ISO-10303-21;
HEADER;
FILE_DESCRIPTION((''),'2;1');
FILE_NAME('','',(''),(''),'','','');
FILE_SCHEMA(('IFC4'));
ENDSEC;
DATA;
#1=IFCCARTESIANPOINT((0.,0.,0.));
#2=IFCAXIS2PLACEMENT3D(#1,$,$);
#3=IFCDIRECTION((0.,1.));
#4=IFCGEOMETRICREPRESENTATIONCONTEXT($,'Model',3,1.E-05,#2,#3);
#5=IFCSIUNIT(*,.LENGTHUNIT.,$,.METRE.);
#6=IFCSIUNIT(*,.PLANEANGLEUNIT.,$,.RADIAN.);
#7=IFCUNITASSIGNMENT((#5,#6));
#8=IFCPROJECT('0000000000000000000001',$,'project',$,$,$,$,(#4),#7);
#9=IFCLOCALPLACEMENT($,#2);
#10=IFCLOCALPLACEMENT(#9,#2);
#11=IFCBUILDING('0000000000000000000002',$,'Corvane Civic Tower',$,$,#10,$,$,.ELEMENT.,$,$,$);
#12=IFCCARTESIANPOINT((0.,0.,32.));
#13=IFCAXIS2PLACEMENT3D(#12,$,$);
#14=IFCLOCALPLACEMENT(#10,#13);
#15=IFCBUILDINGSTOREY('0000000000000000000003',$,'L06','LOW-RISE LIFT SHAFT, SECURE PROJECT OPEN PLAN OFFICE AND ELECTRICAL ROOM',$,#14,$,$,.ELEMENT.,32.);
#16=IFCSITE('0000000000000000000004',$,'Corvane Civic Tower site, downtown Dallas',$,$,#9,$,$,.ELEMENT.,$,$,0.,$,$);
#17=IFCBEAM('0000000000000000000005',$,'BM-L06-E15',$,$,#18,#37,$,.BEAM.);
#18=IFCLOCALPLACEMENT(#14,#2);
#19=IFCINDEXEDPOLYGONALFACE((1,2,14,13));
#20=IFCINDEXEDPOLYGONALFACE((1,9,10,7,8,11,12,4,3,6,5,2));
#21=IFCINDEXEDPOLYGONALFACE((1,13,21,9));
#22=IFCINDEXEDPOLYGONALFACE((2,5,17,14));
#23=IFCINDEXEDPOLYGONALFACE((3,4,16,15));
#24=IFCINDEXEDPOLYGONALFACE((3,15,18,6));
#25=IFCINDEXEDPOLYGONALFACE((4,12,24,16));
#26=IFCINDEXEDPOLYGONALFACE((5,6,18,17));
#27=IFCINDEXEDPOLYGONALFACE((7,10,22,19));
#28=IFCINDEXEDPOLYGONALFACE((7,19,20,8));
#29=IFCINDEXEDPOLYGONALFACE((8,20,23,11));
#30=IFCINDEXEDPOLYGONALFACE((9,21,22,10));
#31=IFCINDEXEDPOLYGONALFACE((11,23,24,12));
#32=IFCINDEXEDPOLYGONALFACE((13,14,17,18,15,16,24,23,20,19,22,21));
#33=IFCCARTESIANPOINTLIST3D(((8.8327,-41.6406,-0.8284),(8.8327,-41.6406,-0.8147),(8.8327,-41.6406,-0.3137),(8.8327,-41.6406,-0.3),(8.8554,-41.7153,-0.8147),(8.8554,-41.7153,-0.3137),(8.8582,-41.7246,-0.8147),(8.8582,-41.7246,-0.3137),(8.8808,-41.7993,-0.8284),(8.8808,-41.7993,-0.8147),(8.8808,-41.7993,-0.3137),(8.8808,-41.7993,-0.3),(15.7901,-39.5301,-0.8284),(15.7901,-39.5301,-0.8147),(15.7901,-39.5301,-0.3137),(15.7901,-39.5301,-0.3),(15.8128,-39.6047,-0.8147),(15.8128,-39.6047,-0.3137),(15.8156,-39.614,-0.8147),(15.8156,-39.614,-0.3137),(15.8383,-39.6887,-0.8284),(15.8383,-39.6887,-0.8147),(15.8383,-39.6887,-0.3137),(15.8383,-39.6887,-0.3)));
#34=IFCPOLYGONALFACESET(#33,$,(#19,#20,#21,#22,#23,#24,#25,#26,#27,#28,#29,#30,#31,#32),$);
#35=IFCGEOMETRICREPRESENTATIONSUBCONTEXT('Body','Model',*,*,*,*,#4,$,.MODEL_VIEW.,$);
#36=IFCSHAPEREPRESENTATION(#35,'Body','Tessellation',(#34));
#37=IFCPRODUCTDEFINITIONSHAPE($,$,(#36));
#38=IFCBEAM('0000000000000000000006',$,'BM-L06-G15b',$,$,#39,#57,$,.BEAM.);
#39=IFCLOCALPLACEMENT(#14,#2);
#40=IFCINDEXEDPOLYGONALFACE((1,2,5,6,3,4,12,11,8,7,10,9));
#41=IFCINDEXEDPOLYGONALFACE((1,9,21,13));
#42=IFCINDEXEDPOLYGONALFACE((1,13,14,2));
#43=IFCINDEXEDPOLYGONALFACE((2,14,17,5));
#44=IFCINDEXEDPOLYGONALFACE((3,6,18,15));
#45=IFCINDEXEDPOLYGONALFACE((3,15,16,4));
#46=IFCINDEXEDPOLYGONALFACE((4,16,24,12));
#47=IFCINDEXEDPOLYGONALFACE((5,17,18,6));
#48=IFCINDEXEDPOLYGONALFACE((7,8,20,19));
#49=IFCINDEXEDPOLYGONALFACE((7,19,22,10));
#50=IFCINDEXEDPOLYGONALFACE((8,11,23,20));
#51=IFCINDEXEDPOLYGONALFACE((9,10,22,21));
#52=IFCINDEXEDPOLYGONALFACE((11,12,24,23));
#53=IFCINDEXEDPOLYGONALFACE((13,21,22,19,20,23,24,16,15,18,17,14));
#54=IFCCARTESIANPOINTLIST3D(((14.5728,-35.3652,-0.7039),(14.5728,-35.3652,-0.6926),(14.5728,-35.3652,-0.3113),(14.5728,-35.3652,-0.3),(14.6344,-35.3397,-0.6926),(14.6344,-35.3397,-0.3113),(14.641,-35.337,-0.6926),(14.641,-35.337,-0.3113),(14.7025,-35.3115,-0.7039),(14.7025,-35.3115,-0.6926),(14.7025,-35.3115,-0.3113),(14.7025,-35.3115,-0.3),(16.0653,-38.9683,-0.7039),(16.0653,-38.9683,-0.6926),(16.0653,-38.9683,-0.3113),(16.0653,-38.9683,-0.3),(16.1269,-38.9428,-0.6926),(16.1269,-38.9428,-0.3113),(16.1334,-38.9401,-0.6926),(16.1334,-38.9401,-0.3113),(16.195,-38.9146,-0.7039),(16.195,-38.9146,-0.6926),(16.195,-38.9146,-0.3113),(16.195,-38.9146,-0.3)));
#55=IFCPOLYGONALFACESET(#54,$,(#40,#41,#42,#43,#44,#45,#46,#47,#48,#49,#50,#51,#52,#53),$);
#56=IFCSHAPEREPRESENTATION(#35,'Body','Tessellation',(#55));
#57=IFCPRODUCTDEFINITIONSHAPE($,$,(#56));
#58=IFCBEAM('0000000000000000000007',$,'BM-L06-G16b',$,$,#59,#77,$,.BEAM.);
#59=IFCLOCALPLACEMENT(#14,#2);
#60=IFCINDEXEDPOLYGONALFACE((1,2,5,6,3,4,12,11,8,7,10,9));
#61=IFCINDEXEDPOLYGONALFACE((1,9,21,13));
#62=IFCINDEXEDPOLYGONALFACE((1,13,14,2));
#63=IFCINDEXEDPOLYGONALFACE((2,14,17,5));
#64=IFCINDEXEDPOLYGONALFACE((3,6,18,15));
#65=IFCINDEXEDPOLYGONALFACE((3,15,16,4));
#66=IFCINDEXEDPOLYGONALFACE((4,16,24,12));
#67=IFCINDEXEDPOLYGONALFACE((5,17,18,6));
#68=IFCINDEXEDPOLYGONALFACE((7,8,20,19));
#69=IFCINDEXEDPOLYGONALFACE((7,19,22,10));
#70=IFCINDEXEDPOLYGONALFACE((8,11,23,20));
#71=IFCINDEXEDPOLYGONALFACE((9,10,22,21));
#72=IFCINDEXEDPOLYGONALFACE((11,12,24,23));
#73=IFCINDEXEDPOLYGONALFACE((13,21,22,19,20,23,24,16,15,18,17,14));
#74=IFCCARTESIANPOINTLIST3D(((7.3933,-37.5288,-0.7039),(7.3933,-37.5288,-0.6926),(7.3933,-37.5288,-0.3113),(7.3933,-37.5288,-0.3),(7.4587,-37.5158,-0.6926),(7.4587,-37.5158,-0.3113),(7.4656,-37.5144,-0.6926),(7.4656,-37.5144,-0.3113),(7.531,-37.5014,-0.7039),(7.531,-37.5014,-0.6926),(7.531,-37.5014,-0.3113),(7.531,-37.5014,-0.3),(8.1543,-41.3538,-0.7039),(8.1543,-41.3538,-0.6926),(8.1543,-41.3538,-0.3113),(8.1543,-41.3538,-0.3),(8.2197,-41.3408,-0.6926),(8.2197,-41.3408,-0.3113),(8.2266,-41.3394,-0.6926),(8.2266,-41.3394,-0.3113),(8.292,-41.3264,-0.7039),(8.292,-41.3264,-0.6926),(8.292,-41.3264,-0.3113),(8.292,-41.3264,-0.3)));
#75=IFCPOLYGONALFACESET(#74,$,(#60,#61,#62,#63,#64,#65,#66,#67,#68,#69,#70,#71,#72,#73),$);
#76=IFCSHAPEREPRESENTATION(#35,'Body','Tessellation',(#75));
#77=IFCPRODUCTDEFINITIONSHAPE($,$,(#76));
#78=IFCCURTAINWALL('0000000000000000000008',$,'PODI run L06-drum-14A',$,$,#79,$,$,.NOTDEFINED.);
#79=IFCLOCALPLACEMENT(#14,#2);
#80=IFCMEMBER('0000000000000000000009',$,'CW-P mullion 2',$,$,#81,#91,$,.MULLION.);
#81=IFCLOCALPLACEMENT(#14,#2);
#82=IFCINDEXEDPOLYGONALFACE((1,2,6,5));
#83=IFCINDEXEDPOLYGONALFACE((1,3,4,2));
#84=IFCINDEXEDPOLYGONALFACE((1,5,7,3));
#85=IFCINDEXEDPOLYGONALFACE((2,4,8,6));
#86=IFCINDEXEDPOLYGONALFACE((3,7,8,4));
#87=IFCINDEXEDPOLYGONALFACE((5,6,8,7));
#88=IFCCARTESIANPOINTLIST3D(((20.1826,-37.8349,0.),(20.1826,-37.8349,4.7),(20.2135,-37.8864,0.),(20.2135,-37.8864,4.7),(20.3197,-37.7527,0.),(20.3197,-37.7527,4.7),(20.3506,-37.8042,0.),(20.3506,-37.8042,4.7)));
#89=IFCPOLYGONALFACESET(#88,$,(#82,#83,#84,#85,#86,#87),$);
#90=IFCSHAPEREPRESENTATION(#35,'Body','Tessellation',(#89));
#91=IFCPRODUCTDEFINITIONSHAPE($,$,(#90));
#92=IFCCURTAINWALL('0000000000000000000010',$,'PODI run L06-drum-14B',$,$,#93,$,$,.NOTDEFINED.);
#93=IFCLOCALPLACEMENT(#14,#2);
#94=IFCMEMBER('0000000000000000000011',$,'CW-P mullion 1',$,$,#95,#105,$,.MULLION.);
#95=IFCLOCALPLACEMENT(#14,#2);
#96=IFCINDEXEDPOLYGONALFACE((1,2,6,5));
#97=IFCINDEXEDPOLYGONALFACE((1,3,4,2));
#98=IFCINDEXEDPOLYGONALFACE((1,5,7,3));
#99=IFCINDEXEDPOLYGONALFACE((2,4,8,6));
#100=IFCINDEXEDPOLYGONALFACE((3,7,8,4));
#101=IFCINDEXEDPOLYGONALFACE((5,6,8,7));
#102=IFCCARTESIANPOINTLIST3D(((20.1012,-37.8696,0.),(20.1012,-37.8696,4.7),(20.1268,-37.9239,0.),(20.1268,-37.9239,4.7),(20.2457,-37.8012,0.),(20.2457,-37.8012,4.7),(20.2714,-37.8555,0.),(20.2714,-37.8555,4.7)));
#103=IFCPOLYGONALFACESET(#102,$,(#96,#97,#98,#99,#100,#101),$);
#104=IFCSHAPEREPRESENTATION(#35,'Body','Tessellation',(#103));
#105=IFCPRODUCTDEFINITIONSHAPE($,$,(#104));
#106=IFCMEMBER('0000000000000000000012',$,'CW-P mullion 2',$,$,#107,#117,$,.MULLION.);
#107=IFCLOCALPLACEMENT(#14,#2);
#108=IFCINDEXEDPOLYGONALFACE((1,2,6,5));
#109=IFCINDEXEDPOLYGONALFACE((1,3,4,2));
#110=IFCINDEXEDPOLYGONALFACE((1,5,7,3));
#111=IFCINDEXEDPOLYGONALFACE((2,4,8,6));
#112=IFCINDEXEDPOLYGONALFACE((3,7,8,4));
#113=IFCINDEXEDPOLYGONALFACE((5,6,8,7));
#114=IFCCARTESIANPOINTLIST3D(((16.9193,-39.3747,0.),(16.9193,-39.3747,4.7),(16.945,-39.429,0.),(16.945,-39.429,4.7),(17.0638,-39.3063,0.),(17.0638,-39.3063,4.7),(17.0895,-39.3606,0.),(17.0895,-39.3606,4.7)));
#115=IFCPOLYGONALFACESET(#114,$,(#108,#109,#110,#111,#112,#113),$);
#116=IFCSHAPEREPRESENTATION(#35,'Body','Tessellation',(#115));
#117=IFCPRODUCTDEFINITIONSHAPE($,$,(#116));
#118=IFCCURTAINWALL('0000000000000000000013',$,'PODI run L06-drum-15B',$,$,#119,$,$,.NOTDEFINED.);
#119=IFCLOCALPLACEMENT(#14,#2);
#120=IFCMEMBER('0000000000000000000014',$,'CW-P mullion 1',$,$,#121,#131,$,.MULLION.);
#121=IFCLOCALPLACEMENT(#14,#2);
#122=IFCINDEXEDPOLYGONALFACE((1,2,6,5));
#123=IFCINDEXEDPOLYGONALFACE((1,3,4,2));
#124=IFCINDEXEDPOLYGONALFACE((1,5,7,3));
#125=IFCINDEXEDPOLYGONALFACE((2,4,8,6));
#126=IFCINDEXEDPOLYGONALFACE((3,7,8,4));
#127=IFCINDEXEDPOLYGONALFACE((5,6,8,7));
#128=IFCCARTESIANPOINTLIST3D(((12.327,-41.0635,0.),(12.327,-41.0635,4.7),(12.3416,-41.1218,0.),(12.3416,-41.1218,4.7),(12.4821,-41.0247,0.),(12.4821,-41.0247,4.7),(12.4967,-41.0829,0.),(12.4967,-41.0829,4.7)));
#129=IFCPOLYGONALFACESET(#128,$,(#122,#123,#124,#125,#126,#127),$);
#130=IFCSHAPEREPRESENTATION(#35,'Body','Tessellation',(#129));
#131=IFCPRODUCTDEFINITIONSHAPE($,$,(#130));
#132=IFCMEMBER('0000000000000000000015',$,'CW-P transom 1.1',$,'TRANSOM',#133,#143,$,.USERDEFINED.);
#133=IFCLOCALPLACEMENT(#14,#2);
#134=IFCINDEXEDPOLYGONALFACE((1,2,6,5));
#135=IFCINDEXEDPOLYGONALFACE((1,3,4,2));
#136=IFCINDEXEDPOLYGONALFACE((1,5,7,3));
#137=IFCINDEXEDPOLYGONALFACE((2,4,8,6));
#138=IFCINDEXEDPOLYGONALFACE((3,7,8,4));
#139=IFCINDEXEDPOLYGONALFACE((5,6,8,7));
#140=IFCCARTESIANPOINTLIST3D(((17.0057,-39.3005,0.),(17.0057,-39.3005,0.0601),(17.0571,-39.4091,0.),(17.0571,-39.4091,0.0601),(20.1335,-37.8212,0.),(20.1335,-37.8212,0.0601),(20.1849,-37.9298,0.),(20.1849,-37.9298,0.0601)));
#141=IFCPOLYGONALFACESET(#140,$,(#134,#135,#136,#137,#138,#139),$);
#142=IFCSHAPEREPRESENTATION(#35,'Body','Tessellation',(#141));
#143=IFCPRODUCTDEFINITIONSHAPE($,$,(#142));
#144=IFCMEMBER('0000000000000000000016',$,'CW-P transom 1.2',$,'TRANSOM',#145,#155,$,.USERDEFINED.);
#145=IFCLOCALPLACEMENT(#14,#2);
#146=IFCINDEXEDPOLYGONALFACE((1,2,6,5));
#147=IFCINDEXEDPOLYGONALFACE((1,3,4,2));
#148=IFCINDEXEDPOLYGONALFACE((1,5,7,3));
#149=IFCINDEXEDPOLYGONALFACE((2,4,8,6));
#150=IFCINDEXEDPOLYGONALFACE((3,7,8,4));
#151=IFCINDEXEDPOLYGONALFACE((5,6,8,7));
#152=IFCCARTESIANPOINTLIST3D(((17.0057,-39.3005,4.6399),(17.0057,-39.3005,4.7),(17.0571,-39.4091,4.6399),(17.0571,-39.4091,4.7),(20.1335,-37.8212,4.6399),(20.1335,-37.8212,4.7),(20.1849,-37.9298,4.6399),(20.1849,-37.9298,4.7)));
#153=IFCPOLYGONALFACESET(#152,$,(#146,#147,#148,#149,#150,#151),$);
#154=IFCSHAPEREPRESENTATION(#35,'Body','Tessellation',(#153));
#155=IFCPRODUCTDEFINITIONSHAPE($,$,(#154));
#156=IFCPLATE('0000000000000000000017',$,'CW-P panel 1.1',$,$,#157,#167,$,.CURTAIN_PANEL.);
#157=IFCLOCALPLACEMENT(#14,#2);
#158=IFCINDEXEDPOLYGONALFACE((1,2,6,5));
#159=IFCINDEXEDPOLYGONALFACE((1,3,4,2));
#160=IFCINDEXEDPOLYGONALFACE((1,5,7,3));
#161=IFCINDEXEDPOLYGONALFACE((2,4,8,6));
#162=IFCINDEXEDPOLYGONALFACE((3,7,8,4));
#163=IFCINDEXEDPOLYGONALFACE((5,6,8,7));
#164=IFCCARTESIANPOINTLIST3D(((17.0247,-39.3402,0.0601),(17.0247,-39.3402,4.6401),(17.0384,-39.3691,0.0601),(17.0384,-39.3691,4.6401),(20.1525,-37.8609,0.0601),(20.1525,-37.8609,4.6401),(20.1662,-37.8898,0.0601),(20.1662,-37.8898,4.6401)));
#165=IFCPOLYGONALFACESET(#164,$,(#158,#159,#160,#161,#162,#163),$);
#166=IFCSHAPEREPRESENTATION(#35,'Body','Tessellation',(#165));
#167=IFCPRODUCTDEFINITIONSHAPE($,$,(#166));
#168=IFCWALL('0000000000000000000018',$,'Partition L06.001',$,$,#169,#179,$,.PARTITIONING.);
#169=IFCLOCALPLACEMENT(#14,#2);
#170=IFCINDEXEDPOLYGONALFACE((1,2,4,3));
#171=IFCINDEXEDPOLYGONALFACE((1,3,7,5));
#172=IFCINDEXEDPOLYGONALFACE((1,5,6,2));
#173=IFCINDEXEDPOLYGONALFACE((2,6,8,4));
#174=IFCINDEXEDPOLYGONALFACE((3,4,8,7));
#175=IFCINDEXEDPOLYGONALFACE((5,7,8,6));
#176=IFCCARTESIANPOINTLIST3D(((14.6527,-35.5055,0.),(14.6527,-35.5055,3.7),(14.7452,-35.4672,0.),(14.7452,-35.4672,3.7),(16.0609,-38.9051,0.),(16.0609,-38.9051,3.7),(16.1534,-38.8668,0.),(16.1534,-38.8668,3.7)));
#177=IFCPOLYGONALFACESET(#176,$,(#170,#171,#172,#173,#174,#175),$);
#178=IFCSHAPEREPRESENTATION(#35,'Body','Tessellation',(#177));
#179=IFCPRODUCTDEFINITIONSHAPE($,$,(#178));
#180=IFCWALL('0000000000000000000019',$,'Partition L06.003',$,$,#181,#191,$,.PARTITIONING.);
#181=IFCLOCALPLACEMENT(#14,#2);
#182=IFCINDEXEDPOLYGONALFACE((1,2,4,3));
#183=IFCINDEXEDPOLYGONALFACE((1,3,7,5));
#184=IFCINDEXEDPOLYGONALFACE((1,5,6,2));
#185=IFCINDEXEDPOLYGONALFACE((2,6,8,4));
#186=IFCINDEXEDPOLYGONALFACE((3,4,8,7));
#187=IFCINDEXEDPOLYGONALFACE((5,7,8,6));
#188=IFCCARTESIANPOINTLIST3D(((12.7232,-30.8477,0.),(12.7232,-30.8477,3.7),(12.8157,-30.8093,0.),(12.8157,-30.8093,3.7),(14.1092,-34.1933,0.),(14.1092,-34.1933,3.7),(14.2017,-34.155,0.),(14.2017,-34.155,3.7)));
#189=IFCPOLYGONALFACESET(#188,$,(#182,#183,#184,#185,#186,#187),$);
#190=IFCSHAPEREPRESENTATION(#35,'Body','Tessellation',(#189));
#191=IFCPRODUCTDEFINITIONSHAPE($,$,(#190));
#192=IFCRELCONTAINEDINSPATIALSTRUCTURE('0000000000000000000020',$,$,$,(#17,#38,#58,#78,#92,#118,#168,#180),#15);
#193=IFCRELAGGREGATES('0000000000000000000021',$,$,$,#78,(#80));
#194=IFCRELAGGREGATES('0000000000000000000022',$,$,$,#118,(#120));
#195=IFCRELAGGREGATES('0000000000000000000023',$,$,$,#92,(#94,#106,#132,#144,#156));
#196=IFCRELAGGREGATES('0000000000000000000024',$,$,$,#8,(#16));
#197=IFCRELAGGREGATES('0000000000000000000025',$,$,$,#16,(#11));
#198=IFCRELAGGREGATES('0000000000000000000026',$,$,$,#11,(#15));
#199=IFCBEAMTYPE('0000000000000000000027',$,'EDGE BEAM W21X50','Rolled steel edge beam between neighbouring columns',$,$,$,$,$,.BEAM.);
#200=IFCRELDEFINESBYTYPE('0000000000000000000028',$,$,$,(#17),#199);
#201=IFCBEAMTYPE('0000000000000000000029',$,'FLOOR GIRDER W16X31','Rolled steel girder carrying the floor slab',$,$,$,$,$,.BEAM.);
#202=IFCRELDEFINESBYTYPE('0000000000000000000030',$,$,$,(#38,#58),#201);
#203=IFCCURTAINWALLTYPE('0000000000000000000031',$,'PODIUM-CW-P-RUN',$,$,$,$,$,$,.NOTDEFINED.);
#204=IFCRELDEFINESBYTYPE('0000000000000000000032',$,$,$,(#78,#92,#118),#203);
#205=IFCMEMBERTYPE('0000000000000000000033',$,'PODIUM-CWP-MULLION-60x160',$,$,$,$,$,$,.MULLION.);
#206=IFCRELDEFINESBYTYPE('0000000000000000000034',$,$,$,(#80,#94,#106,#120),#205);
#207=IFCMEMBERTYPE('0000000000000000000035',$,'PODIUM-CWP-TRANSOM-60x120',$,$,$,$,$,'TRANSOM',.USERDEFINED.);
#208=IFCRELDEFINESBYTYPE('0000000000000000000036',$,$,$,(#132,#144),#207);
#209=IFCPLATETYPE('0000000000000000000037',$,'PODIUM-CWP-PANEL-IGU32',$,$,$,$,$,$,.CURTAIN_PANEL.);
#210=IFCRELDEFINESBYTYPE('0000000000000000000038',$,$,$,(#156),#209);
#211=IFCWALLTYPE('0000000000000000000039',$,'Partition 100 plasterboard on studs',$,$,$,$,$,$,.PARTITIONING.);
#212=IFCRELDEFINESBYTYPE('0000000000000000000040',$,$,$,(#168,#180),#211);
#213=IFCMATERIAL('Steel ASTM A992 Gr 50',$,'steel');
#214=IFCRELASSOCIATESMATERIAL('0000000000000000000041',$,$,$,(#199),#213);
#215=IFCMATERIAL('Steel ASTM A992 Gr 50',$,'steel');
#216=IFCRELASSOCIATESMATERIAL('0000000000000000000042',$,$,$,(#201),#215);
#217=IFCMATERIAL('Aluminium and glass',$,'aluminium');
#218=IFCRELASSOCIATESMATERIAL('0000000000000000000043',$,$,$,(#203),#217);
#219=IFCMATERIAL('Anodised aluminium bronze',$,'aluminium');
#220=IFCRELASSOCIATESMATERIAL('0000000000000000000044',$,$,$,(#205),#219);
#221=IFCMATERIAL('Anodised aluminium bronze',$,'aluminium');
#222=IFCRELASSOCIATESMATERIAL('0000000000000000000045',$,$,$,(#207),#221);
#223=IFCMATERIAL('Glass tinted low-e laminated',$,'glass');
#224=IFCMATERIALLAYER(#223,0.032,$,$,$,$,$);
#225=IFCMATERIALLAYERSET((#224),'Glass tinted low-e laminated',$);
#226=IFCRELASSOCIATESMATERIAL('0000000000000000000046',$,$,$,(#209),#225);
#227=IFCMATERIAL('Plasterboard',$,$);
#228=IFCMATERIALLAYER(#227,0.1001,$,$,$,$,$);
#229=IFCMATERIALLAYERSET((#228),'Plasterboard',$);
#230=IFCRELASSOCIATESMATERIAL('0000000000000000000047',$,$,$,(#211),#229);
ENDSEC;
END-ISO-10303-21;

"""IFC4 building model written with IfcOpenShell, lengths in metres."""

from ifc_helpers import new_model, si_unit, direction, frame, frame_2d, origin, origin_2d, place, context, subcontext, project, spatial, rectangle, i_section, extrude, material, layer, layer_set, material_profile, profile_set, type_object, element, aggregate, save


model = new_model("IFC4")

# Units and contexts
model_context = context("Model", 3, precision=1e-05, world=origin(), true_north=direction((0.0, 1.0)))
body_context = subcontext(model_context, "Body", "Model", "MODEL_VIEW")
ifc_project = project(units=[si_unit("LENGTHUNIT", "METRE"), si_unit("PLANEANGLEUNIT", "RADIAN")], contexts=[model_context])

# Site, building, storey
site_placement = place(None, origin())
site = spatial("IfcSite", under=ifc_project, at=site_placement, Name="Corvane Civic Tower site, downtown Dallas", CompositionType="ELEMENT", RefElevation=0.0)
building_placement = place(site_placement, origin())
building = spatial("IfcBuilding", under=site, at=building_placement, Name="Corvane Civic Tower", CompositionType="ELEMENT")
storey_placement = place(building_placement, frame((0.0, 0.0, 32.0)))
storey = spatial("IfcBuildingStorey", under=building, at=storey_placement, Name="L06", Description="LOW-RISE LIFT SHAFT, SECURE PROJECT OPEN PLAN OFFICE AND ELECTRICAL ROOM", CompositionType="ELEMENT", Elevation=32.0)

# Beams
ifc_material_1 = material(Name="Steel ASTM A992 Gr 50", Category="steel")
ifc_material_profile_1 = material_profile(ifc_material_1, i_section(OverallWidth=0.1658, OverallDepth=0.5283, WebThickness=0.0098, FlangeThickness=0.0137, at=origin_2d()), Name="W21X50")
ifc_profile_set_1 = profile_set([ifc_material_profile_1], Name="Steel ASTM A992 Gr 50")
beam_type_1 = type_object("IfcBeamType", Name="EDGE BEAM W21X50", Description="Rolled steel edge beam between neighbouring columns", PredefinedType="BEAM", material=ifc_profile_set_1)
beam_placement = place(storey_placement, frame((15.8142, -39.6094, -0.5642), z_axis=(-0.956938, -0.290292, 0.0), x_axis=(0.290292, -0.956938, 0.0)))
element("IfcBeam", 1, at=beam_placement, inside=storey, type_object=beam_type_1, Name="BM-L06-E15", PredefinedType="BEAM", context=body_context, shape_type="SweptSolid", body=[
    extrude(i_section(OverallWidth=0.1658, OverallDepth=0.5283, WebThickness=0.0098, FlangeThickness=0.0137, at=origin_2d()), origin(), (0.0, 0.0, 1.0), 7.2705),
])
ifc_material_2 = material(Name="Steel ASTM A992 Gr 50", Category="steel")
ifc_material_profile_2 = material_profile(ifc_material_2, i_section(OverallWidth=0.1404, OverallDepth=0.4038, WebThickness=0.0071, FlangeThickness=0.0112, at=origin_2d()), Name="W16X31")
ifc_profile_set_2 = profile_set([ifc_material_profile_2], Name="Steel ASTM A992 Gr 50")
beam_type_2 = type_object("IfcBeamType", Name="FLOOR GIRDER W16X31", Description="Rolled steel girder carrying the floor slab", PredefinedType="BEAM", material=ifc_profile_set_2)
for number, where, z_axis, x_axis, name in (
    (2, (14.6377, -35.3384, -0.502), (0.382685, -0.923879, 0.0), (0.923879, 0.382685, 0.0), "BM-L06-G15b"),
    (3, (7.4622, -37.5151, -0.502), (0.195129, -0.980778, 0.0), (0.980778, 0.195129, 0.0), "BM-L06-G16b"),
):
    element("IfcBeam", number, at=place(storey_placement, frame(where, z_axis=z_axis, x_axis=x_axis)), inside=storey, type_object=beam_type_2, Name=name, PredefinedType="BEAM", context=body_context, shape_type="SweptSolid", body=[
        extrude(i_section(OverallWidth=0.1404, OverallDepth=0.4038, WebThickness=0.0071, FlangeThickness=0.0112, at=origin_2d()), origin(), (0.0, 0.0, 1.0), 3.8999),
    ])

# Curtain wall, member
ifc_material_3 = material(Name="Aluminium and glass", Category="aluminium")
curtain_wall_type = type_object("IfcCurtainWallType", Name="PODIUM-CW-P-RUN", PredefinedType="NOTDEFINED", material=ifc_material_3)
curtain_wall_1_placement = place(storey_placement, origin())
curtain_wall_1 = element("IfcCurtainWall", 4, at=curtain_wall_1_placement, inside=storey, type_object=curtain_wall_type, Name="PODI run L06-drum-14A", PredefinedType="NOTDEFINED")
ifc_material_4 = material(Name="Anodised aluminium bronze", Category="aluminium")
ifc_material_profile_3 = material_profile(ifc_material_4, rectangle(XDim=0.0601, YDim=0.1599, at=origin_2d()), Name="AL 60x160")
ifc_profile_set_3 = profile_set([ifc_material_profile_3], Name="Anodised aluminium bronze")
member_type_1 = type_object("IfcMemberType", Name="PODIUM-CWP-MULLION-60x160", PredefinedType="MULLION", material=ifc_profile_set_3)
member_1_placement = place(storey_placement, frame((20.2666, -37.8196, 0.0), z_axis=(0.0, 0.0, 1.0), x_axis=(0.514118, -0.85772, 0.0)))
member_1 = element("IfcMember", 5, at=member_1_placement, type_object=member_type_1, Name="CW-P mullion 2", PredefinedType="MULLION", context=body_context, shape_type="SweptSolid", body=[
    extrude(rectangle(XDim=0.0601, YDim=0.1599, at=origin_2d()), origin(), (0.0, 0.0, 1.0), 4.7),
])
aggregate(curtain_wall_1, [member_1])

# Curtain wall, members
curtain_wall_2_placement = place(storey_placement, origin())
curtain_wall_2 = element("IfcCurtainWall", 6, at=curtain_wall_2_placement, inside=storey, type_object=curtain_wall_type, Name="PODI run L06-drum-14B", PredefinedType="NOTDEFINED")
member_2_placement = place(storey_placement, frame((20.1863, -37.8625, 0.0), z_axis=(0.0, 0.0, 1.0), x_axis=(0.427553, -0.90399, 0.0)))
member_2 = element("IfcMember", 7, at=member_2_placement, type_object=member_type_1, Name="CW-P mullion 1", PredefinedType="MULLION", context=body_context, shape_type="SweptSolid", body=[
    extrude(rectangle(XDim=0.0601, YDim=0.1599, at=origin_2d()), origin(), (0.0, 0.0, 1.0), 4.7),
])
member_3_placement = place(storey_placement, frame((17.0044, -39.3677, 0.0), z_axis=(0.0, 0.0, 1.0), x_axis=(0.427553, -0.90399, 0.0)))
member_3 = element("IfcMember", 8, at=member_3_placement, type_object=member_type_1, Name="CW-P mullion 2", PredefinedType="MULLION", context=body_context, shape_type="SweptSolid", body=[
    extrude(rectangle(XDim=0.0601, YDim=0.1599, at=origin_2d()), origin(), (0.0, 0.0, 1.0), 4.7),
])

# Curtain wall, member
curtain_wall_3_placement = place(storey_placement, origin())
curtain_wall_3 = element("IfcCurtainWall", 9, at=curtain_wall_3_placement, inside=storey, type_object=curtain_wall_type, Name="PODI run L06-drum-15B", PredefinedType="NOTDEFINED")
member_4_placement = place(storey_placement, frame((12.4119, -41.0732, 0.0), z_axis=(0.0, 0.0, 1.0), x_axis=(0.243009, -0.970024, 0.0)))
member_4 = element("IfcMember", 10, at=member_4_placement, type_object=member_type_1, Name="CW-P mullion 1", PredefinedType="MULLION", context=body_context, shape_type="SweptSolid", body=[
    extrude(rectangle(XDim=0.0601, YDim=0.1599, at=origin_2d()), origin(), (0.0, 0.0, 1.0), 4.7),
])
aggregate(curtain_wall_3, [member_4])

# Members
ifc_material_5 = material(Name="Anodised aluminium bronze", Category="aluminium")
ifc_material_profile_4 = material_profile(ifc_material_5, rectangle(XDim=0.1201, YDim=0.0601, at=origin_2d()), Name="AL 120x60")
ifc_profile_set_4 = profile_set([ifc_material_profile_4], Name="Anodised aluminium bronze")
member_type_2 = type_object("IfcMemberType", Name="PODIUM-CWP-TRANSOM-60x120", ElementType="TRANSOM", PredefinedType="USERDEFINED", material=ifc_profile_set_4)
member_5_placement = place(storey_placement, frame((20.1592, -37.8755, 0.03), z_axis=(-0.903993, -0.427546, 0.0), x_axis=(0.427546, -0.903993, 0.0)))
member_5 = element("IfcMember", 11, at=member_5_placement, type_object=member_type_2, Name="CW-P transom 1.1", ObjectType="TRANSOM", PredefinedType="USERDEFINED", context=body_context, shape_type="SweptSolid", body=[
    extrude(rectangle(XDim=0.1201, YDim=0.0601, at=origin_2d()), origin(), (0.0, 0.0, 1.0), 3.46),
])
member_6_placement = place(storey_placement, frame((20.1592, -37.8755, 4.6699), z_axis=(-0.903993, -0.427546, 0.0), x_axis=(0.427546, -0.903993, 0.0)))
member_6 = element("IfcMember", 12, at=member_6_placement, type_object=member_type_2, Name="CW-P transom 1.2", ObjectType="TRANSOM", PredefinedType="USERDEFINED", context=body_context, shape_type="SweptSolid", body=[
    extrude(rectangle(XDim=0.1201, YDim=0.0601, at=origin_2d()), origin(), (0.0, 0.0, 1.0), 3.46),
])

# Plate
ifc_material_6 = material(Name="Glass tinted low-e laminated", Category="glass")
ifc_layer_1 = layer(ifc_material_6, 0.032)
ifc_layer_set_1 = layer_set([ifc_layer_1], Name="Glass tinted low-e laminated")
plate_type = type_object("IfcPlateType", Name="PODIUM-CWP-PANEL-IGU32", PredefinedType="CURTAIN_PANEL", material=ifc_layer_set_1)
plate_placement = place(storey_placement, frame((18.5955, -38.615, 0.0601), z_axis=(0.0, 0.0, 1.0), x_axis=(-0.90399, -0.427553, 0.0)))
plate = element("IfcPlate", 13, at=plate_placement, type_object=plate_type, Name="CW-P panel 1.1", PredefinedType="CURTAIN_PANEL", context=body_context, shape_type="SweptSolid", body=[
    extrude(rectangle(XDim=3.46, YDim=0.032, at=origin_2d()), origin(), (0.0, 0.0, 1.0), 4.5801),
])
aggregate(curtain_wall_2, [member_2, member_3, member_5, member_6, plate])

# Walls
ifc_material_7 = material(Name="Plasterboard")
ifc_layer_2 = layer(ifc_material_7, 0.1001)
ifc_layer_set_2 = layer_set([ifc_layer_2], Name="Plasterboard")
wall_type_1 = type_object("IfcWallType", Name="Partition 100 plasterboard on studs", PredefinedType="PARTITIONING", material=ifc_layer_set_2)
wall_1_placement = place(storey_placement, frame((14.699, -35.4863, 0.0), z_axis=(0.0, 0.0, 1.0), x_axis=(0.382688, -0.923878, 0.0)))
element("IfcWall", 14, at=wall_1_placement, inside=storey, type_object=wall_type_1, Name="Partition L06.001", PredefinedType="PARTITIONING", context=body_context, shape_type="SweptSolid", body=[
    extrude(rectangle(XDim=3.6797, YDim=0.1001, at=frame_2d((1.8398, 0.0))), origin(), (0.0, 0.0, 1.0), 3.7),
])
wall_2_placement = place(storey_placement, frame((12.7695, -30.8286, 0.0), z_axis=(0.0, 0.0, 1.0), x_axis=(0.382719, -0.923865, 0.0)))
element("IfcWall", 15, at=wall_2_placement, inside=storey, type_object=wall_type_1, Name="Partition L06.003", PredefinedType="PARTITIONING", context=body_context, shape_type="SweptSolid", body=[
    extrude(rectangle(XDim=3.6213, YDim=0.1001, at=frame_2d((1.8105, 0.0))), origin(), (0.0, 0.0, 1.0), 3.7),
])

save(model, "model.ifc")
